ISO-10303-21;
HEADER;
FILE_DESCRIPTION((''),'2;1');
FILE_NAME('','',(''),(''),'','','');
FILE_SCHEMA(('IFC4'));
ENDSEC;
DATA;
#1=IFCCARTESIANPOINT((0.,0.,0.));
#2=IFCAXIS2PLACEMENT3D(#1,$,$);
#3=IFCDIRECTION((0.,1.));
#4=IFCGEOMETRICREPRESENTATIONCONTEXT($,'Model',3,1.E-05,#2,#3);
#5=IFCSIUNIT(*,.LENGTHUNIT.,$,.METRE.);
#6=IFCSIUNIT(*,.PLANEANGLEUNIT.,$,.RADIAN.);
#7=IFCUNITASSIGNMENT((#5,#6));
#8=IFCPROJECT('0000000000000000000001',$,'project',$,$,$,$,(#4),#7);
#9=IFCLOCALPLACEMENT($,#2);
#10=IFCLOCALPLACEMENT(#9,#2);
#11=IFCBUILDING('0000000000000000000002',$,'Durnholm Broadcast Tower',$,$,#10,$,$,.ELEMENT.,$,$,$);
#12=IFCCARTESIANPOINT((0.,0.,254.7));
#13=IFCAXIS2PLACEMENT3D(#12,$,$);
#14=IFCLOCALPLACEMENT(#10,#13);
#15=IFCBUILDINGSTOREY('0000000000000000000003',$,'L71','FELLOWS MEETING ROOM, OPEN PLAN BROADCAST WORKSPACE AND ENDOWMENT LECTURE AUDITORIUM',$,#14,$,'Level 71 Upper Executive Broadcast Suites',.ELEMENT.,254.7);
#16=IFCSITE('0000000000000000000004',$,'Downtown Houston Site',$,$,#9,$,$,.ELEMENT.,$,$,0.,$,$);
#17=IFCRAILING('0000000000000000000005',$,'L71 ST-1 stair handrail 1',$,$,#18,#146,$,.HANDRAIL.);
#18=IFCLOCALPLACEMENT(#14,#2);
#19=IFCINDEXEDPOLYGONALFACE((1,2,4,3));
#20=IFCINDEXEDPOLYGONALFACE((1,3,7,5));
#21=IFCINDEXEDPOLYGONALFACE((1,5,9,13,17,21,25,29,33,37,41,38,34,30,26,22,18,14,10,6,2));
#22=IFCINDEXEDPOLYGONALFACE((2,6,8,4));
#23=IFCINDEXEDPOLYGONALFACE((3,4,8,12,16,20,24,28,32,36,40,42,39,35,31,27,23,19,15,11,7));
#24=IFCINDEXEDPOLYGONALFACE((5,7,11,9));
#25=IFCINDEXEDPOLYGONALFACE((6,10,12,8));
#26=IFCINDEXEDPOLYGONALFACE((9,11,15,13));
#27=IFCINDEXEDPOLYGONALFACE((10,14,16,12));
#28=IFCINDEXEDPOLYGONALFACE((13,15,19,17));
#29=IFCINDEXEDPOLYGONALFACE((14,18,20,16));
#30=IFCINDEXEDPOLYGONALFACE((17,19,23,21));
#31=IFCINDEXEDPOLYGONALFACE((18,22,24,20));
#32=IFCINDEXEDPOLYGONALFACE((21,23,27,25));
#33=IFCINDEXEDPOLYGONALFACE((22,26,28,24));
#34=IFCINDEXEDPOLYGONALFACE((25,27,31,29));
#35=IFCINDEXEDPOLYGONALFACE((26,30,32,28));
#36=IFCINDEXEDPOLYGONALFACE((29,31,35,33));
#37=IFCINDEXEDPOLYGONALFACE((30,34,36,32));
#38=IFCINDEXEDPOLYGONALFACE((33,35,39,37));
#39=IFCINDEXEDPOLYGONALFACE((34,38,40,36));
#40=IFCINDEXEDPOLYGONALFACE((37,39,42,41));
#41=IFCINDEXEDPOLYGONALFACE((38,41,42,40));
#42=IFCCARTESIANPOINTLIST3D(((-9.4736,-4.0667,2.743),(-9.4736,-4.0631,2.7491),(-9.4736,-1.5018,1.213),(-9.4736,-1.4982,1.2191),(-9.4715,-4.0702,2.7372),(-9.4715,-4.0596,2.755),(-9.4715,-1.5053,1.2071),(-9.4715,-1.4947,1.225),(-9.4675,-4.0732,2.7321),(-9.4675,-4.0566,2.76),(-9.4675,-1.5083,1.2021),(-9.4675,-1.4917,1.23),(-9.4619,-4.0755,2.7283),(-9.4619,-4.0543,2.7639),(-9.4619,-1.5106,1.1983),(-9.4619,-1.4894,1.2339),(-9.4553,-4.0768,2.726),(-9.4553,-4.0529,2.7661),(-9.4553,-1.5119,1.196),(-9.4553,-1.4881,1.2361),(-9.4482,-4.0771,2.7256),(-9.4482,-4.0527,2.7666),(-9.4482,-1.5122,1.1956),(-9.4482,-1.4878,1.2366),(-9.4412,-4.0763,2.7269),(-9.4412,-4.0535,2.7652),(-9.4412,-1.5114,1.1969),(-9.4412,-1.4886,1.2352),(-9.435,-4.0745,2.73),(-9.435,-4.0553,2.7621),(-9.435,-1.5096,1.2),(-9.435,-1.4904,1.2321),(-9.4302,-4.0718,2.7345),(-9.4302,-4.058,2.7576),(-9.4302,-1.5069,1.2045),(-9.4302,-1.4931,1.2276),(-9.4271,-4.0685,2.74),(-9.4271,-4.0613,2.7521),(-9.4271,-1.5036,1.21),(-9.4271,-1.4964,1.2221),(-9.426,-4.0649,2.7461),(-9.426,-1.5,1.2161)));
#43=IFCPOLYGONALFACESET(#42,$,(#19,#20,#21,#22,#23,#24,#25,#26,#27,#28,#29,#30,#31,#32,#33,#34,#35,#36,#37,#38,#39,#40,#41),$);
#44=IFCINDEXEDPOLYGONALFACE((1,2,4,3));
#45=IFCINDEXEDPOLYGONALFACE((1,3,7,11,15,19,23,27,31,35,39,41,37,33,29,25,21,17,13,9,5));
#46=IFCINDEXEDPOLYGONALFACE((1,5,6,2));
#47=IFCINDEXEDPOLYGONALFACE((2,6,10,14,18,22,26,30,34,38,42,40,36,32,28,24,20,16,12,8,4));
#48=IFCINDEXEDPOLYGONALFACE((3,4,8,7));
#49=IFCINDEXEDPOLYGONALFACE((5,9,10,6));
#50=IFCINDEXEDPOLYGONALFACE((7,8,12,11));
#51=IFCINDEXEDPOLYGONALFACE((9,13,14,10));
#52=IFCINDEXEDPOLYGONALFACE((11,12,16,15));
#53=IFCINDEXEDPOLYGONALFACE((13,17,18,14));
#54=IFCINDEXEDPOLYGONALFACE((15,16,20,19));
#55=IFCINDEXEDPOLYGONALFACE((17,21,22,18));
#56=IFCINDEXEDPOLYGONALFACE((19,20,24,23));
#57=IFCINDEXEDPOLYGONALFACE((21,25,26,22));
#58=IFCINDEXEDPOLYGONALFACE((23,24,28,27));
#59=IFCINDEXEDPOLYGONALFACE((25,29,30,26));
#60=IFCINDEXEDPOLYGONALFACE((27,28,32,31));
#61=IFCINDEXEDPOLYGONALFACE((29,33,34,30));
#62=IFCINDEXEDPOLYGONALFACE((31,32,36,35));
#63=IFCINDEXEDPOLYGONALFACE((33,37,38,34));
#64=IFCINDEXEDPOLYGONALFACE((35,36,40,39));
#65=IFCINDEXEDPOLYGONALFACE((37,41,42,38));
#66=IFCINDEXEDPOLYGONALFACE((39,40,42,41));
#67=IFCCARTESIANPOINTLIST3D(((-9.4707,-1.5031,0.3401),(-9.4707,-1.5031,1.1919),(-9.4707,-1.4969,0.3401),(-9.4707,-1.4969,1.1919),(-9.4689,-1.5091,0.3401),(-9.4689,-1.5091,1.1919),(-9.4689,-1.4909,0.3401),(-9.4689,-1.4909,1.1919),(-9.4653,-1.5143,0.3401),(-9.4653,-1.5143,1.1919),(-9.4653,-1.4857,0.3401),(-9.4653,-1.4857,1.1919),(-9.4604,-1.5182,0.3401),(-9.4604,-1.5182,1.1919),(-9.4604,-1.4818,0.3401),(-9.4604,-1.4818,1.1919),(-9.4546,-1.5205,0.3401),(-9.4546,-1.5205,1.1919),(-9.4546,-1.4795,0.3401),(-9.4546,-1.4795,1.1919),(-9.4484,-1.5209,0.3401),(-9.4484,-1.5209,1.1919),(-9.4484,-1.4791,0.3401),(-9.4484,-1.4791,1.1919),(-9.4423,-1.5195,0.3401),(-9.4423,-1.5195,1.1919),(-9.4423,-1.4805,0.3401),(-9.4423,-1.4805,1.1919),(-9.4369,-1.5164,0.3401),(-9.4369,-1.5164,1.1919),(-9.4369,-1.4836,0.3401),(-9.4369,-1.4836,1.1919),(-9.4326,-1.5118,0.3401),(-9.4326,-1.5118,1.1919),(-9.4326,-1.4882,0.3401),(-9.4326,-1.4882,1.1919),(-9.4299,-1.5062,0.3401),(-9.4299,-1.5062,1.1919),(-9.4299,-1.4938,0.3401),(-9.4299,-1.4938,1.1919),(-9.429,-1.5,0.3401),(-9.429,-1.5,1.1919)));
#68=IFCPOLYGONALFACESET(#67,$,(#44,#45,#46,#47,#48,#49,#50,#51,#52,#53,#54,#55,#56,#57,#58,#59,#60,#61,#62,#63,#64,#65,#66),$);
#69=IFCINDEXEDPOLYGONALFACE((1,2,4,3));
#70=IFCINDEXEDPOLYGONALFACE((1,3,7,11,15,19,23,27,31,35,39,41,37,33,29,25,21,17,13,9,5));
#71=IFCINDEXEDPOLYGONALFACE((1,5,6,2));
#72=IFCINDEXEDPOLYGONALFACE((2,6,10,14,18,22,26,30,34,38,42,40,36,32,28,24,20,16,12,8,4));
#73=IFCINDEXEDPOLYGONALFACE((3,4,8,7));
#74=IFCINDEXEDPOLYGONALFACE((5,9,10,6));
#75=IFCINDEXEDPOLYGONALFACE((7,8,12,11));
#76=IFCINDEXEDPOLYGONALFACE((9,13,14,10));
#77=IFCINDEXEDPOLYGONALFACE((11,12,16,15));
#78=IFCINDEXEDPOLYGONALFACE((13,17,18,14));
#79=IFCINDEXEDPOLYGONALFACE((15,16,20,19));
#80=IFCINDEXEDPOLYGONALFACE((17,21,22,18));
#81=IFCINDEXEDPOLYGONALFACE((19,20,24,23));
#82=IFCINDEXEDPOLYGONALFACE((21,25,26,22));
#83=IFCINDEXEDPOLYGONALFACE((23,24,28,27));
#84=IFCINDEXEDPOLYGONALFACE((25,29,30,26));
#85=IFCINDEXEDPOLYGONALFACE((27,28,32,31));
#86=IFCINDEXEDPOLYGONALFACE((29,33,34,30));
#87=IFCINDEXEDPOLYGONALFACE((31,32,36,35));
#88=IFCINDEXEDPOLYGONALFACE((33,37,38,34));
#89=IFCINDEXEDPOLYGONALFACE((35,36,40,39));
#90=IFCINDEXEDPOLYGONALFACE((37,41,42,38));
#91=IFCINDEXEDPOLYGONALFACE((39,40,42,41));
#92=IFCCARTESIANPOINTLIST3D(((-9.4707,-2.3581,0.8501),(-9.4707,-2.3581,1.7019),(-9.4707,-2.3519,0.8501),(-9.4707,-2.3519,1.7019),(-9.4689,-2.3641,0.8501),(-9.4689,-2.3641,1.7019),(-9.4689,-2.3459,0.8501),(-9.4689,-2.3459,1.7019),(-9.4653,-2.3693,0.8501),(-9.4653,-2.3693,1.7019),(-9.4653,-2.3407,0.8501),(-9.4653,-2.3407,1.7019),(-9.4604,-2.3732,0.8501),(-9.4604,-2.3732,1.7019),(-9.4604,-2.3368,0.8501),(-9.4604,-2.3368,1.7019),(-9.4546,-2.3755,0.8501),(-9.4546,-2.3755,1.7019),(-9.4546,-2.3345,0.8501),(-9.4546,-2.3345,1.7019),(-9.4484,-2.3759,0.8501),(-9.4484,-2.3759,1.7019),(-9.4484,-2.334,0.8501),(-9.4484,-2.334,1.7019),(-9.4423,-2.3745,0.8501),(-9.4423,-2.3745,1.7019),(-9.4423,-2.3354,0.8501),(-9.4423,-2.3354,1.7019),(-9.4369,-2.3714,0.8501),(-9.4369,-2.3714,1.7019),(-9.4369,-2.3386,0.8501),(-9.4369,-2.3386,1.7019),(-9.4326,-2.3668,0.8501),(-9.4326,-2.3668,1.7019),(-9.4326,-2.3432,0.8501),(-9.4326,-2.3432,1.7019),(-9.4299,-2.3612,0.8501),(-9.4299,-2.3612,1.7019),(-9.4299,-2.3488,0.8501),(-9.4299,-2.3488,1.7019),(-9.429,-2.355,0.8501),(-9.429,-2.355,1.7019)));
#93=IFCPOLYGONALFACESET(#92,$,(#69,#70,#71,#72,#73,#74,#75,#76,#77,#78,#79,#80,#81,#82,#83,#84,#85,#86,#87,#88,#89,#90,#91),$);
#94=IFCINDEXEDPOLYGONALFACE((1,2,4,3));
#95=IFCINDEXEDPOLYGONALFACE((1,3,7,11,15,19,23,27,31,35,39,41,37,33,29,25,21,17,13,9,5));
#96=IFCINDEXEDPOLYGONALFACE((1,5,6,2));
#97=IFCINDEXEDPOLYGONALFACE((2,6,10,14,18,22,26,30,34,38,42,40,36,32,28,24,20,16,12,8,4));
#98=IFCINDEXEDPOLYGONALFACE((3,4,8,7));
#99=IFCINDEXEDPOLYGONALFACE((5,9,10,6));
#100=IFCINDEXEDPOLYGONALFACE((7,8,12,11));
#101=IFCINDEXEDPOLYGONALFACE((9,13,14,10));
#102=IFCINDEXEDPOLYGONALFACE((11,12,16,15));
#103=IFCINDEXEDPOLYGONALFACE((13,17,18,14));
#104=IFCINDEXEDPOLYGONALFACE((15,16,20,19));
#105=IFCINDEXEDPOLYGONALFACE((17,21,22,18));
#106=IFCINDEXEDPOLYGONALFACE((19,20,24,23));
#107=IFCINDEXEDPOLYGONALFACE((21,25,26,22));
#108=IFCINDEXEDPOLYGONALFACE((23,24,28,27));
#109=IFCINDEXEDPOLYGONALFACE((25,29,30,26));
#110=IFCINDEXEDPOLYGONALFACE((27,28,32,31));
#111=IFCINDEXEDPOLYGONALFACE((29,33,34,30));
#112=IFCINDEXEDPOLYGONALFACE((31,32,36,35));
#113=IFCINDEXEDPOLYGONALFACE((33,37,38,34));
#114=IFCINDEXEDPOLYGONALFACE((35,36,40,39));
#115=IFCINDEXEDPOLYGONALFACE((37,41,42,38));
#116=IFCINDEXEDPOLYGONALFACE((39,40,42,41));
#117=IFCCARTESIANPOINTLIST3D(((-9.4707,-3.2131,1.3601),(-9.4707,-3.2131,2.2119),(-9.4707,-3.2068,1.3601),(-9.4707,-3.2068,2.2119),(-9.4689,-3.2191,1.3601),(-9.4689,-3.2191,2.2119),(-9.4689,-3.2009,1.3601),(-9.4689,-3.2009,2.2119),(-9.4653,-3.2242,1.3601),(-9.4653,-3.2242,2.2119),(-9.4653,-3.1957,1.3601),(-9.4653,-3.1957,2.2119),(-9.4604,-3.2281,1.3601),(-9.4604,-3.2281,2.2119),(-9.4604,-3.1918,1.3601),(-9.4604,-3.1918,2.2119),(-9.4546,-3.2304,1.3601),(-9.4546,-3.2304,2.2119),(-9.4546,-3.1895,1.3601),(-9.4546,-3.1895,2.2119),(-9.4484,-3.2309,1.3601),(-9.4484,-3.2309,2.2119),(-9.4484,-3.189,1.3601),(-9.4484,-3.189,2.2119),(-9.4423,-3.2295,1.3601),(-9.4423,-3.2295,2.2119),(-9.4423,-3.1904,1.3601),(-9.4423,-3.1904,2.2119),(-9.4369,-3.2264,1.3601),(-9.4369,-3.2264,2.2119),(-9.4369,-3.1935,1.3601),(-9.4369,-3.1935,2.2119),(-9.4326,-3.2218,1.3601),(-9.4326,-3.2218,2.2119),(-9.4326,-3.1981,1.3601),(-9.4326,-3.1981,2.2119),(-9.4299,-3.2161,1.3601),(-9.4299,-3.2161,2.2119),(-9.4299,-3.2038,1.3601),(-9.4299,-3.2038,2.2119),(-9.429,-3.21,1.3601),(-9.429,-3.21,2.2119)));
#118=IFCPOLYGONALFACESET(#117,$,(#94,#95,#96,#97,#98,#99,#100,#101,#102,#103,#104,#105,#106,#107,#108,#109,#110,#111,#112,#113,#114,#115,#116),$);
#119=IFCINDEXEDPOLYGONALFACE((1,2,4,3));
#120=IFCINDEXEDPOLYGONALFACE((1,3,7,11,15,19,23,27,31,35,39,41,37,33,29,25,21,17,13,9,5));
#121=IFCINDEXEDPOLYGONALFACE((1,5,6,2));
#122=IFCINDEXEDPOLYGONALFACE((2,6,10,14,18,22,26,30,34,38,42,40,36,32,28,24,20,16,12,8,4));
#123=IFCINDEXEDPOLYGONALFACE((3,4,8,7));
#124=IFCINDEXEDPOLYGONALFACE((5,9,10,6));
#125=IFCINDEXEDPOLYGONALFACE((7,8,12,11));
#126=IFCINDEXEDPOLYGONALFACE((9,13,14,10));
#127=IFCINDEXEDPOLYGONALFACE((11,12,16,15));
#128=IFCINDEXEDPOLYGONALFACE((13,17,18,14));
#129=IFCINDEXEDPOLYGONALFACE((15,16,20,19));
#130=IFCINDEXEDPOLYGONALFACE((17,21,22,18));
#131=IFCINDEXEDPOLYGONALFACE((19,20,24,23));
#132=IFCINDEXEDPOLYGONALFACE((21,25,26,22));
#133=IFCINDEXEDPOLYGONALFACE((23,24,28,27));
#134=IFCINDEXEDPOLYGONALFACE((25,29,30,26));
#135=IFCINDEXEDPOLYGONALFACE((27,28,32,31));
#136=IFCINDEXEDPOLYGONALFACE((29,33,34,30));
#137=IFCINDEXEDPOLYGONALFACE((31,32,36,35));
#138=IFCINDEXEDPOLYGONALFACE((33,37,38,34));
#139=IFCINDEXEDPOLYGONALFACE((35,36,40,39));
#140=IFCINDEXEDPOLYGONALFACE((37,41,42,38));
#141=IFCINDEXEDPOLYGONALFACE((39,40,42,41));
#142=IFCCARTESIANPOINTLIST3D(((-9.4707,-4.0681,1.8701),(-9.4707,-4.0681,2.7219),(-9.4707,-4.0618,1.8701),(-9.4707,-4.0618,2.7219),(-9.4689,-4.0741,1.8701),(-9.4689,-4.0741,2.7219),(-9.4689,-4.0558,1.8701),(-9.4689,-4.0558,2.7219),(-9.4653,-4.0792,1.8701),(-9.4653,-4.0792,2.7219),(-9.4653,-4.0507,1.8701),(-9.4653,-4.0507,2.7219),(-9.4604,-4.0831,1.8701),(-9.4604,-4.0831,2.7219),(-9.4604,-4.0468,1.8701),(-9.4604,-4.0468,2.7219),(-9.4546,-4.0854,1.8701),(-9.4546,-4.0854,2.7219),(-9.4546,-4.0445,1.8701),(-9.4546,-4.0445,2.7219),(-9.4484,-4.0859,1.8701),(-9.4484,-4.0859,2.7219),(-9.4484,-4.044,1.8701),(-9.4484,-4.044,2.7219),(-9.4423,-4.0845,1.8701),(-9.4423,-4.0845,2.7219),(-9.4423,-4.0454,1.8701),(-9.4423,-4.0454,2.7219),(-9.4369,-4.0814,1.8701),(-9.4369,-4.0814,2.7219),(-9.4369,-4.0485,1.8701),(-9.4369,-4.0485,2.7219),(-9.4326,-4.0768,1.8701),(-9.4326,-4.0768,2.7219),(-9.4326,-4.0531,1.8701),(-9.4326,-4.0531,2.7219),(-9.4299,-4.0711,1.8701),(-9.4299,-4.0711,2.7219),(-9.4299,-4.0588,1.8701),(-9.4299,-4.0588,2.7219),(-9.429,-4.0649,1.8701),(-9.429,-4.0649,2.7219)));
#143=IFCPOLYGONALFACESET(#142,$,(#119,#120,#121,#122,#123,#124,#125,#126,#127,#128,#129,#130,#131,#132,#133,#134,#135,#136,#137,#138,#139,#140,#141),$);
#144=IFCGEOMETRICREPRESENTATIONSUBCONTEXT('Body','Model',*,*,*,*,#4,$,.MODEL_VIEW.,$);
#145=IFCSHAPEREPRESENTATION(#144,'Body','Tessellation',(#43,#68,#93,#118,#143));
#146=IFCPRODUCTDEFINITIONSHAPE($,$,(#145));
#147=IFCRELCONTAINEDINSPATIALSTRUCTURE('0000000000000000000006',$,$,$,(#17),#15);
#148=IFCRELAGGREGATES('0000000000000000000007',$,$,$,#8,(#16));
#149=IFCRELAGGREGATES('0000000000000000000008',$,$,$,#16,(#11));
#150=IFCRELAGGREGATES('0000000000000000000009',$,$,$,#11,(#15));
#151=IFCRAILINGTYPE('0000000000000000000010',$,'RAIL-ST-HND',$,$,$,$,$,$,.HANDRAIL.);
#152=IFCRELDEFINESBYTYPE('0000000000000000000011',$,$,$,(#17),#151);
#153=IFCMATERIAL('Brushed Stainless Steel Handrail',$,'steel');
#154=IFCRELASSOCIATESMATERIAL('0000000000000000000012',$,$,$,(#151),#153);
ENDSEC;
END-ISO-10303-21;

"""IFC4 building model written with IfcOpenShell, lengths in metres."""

from ifc_helpers import new_model, si_unit, direction, frame, origin, origin_2d, place, context, subcontext, project, spatial, circle, extrude, material, type_object, element, save


model = new_model("IFC4")

# Units and contexts
model_context = context("Model", 3, precision=1e-05, world=origin(), true_north=direction((0.0, 1.0)))
body_context = subcontext(model_context, "Body", "Model", "MODEL_VIEW")
ifc_project = project(units=[si_unit("LENGTHUNIT", "METRE"), si_unit("PLANEANGLEUNIT", "RADIAN")], contexts=[model_context])

# Site, building, storey
site_placement = place(None, origin())
site = spatial("IfcSite", under=ifc_project, at=site_placement, Name="Downtown Houston Site", CompositionType="ELEMENT", RefElevation=0.0)
building_placement = place(site_placement, origin())
building = spatial("IfcBuilding", under=site, at=building_placement, Name="Durnholm Broadcast Tower", CompositionType="ELEMENT")
storey_placement = place(building_placement, frame((0.0, 0.0, 254.7)))
storey = spatial("IfcBuildingStorey", under=building, at=storey_placement, Name="L71", Description="FELLOWS MEETING ROOM, OPEN PLAN BROADCAST WORKSPACE AND ENDOWMENT LECTURE AUDITORIUM", LongName="Level 71 Upper Executive Broadcast Suites", CompositionType="ELEMENT", Elevation=254.7)

# Railing
ifc_material_1 = material(Name="Brushed Stainless Steel Handrail", Category="steel")
railing_type_1 = type_object("IfcRailingType", Name="RAIL-ST-HND", PredefinedType="HANDRAIL", material=ifc_material_1)
railing_1_placement = place(storey_placement, frame((-9.45, -1.5, 0.3401)))
element("IfcRailing", 1, at=railing_1_placement, inside=storey, type_object=railing_type_1, Name="L71 ST-1 stair handrail 1", PredefinedType="HANDRAIL", context=body_context, shape_type="SweptSolid", body=[
    extrude(circle(Radius=0.0239, at=origin_2d()), frame((0.0, 0.0, 0.876), z_axis=(0.0, -0.85881, 0.512294), x_axis=(1.0, 0.0, 0.0)), (0.0, 0.0, 1.0), 2.9866),
    extrude(circle(Radius=0.021, at=origin_2d()), origin(), (0.0, 0.0, 1.0), 0.8518),
    extrude(circle(Radius=0.021, at=origin_2d()), frame((0.0, -0.855, 0.51)), (0.0, 0.0, 1.0), 0.8518),
    extrude(circle(Radius=0.021, at=origin_2d()), frame((0.0, -1.71, 1.02)), (0.0, 0.0, 1.0), 0.8518),
    extrude(circle(Radius=0.021, at=origin_2d()), frame((0.0, -2.5649, 1.53)), (0.0, 0.0, 1.0), 0.8518),
])

save(model, "model.ifc")
